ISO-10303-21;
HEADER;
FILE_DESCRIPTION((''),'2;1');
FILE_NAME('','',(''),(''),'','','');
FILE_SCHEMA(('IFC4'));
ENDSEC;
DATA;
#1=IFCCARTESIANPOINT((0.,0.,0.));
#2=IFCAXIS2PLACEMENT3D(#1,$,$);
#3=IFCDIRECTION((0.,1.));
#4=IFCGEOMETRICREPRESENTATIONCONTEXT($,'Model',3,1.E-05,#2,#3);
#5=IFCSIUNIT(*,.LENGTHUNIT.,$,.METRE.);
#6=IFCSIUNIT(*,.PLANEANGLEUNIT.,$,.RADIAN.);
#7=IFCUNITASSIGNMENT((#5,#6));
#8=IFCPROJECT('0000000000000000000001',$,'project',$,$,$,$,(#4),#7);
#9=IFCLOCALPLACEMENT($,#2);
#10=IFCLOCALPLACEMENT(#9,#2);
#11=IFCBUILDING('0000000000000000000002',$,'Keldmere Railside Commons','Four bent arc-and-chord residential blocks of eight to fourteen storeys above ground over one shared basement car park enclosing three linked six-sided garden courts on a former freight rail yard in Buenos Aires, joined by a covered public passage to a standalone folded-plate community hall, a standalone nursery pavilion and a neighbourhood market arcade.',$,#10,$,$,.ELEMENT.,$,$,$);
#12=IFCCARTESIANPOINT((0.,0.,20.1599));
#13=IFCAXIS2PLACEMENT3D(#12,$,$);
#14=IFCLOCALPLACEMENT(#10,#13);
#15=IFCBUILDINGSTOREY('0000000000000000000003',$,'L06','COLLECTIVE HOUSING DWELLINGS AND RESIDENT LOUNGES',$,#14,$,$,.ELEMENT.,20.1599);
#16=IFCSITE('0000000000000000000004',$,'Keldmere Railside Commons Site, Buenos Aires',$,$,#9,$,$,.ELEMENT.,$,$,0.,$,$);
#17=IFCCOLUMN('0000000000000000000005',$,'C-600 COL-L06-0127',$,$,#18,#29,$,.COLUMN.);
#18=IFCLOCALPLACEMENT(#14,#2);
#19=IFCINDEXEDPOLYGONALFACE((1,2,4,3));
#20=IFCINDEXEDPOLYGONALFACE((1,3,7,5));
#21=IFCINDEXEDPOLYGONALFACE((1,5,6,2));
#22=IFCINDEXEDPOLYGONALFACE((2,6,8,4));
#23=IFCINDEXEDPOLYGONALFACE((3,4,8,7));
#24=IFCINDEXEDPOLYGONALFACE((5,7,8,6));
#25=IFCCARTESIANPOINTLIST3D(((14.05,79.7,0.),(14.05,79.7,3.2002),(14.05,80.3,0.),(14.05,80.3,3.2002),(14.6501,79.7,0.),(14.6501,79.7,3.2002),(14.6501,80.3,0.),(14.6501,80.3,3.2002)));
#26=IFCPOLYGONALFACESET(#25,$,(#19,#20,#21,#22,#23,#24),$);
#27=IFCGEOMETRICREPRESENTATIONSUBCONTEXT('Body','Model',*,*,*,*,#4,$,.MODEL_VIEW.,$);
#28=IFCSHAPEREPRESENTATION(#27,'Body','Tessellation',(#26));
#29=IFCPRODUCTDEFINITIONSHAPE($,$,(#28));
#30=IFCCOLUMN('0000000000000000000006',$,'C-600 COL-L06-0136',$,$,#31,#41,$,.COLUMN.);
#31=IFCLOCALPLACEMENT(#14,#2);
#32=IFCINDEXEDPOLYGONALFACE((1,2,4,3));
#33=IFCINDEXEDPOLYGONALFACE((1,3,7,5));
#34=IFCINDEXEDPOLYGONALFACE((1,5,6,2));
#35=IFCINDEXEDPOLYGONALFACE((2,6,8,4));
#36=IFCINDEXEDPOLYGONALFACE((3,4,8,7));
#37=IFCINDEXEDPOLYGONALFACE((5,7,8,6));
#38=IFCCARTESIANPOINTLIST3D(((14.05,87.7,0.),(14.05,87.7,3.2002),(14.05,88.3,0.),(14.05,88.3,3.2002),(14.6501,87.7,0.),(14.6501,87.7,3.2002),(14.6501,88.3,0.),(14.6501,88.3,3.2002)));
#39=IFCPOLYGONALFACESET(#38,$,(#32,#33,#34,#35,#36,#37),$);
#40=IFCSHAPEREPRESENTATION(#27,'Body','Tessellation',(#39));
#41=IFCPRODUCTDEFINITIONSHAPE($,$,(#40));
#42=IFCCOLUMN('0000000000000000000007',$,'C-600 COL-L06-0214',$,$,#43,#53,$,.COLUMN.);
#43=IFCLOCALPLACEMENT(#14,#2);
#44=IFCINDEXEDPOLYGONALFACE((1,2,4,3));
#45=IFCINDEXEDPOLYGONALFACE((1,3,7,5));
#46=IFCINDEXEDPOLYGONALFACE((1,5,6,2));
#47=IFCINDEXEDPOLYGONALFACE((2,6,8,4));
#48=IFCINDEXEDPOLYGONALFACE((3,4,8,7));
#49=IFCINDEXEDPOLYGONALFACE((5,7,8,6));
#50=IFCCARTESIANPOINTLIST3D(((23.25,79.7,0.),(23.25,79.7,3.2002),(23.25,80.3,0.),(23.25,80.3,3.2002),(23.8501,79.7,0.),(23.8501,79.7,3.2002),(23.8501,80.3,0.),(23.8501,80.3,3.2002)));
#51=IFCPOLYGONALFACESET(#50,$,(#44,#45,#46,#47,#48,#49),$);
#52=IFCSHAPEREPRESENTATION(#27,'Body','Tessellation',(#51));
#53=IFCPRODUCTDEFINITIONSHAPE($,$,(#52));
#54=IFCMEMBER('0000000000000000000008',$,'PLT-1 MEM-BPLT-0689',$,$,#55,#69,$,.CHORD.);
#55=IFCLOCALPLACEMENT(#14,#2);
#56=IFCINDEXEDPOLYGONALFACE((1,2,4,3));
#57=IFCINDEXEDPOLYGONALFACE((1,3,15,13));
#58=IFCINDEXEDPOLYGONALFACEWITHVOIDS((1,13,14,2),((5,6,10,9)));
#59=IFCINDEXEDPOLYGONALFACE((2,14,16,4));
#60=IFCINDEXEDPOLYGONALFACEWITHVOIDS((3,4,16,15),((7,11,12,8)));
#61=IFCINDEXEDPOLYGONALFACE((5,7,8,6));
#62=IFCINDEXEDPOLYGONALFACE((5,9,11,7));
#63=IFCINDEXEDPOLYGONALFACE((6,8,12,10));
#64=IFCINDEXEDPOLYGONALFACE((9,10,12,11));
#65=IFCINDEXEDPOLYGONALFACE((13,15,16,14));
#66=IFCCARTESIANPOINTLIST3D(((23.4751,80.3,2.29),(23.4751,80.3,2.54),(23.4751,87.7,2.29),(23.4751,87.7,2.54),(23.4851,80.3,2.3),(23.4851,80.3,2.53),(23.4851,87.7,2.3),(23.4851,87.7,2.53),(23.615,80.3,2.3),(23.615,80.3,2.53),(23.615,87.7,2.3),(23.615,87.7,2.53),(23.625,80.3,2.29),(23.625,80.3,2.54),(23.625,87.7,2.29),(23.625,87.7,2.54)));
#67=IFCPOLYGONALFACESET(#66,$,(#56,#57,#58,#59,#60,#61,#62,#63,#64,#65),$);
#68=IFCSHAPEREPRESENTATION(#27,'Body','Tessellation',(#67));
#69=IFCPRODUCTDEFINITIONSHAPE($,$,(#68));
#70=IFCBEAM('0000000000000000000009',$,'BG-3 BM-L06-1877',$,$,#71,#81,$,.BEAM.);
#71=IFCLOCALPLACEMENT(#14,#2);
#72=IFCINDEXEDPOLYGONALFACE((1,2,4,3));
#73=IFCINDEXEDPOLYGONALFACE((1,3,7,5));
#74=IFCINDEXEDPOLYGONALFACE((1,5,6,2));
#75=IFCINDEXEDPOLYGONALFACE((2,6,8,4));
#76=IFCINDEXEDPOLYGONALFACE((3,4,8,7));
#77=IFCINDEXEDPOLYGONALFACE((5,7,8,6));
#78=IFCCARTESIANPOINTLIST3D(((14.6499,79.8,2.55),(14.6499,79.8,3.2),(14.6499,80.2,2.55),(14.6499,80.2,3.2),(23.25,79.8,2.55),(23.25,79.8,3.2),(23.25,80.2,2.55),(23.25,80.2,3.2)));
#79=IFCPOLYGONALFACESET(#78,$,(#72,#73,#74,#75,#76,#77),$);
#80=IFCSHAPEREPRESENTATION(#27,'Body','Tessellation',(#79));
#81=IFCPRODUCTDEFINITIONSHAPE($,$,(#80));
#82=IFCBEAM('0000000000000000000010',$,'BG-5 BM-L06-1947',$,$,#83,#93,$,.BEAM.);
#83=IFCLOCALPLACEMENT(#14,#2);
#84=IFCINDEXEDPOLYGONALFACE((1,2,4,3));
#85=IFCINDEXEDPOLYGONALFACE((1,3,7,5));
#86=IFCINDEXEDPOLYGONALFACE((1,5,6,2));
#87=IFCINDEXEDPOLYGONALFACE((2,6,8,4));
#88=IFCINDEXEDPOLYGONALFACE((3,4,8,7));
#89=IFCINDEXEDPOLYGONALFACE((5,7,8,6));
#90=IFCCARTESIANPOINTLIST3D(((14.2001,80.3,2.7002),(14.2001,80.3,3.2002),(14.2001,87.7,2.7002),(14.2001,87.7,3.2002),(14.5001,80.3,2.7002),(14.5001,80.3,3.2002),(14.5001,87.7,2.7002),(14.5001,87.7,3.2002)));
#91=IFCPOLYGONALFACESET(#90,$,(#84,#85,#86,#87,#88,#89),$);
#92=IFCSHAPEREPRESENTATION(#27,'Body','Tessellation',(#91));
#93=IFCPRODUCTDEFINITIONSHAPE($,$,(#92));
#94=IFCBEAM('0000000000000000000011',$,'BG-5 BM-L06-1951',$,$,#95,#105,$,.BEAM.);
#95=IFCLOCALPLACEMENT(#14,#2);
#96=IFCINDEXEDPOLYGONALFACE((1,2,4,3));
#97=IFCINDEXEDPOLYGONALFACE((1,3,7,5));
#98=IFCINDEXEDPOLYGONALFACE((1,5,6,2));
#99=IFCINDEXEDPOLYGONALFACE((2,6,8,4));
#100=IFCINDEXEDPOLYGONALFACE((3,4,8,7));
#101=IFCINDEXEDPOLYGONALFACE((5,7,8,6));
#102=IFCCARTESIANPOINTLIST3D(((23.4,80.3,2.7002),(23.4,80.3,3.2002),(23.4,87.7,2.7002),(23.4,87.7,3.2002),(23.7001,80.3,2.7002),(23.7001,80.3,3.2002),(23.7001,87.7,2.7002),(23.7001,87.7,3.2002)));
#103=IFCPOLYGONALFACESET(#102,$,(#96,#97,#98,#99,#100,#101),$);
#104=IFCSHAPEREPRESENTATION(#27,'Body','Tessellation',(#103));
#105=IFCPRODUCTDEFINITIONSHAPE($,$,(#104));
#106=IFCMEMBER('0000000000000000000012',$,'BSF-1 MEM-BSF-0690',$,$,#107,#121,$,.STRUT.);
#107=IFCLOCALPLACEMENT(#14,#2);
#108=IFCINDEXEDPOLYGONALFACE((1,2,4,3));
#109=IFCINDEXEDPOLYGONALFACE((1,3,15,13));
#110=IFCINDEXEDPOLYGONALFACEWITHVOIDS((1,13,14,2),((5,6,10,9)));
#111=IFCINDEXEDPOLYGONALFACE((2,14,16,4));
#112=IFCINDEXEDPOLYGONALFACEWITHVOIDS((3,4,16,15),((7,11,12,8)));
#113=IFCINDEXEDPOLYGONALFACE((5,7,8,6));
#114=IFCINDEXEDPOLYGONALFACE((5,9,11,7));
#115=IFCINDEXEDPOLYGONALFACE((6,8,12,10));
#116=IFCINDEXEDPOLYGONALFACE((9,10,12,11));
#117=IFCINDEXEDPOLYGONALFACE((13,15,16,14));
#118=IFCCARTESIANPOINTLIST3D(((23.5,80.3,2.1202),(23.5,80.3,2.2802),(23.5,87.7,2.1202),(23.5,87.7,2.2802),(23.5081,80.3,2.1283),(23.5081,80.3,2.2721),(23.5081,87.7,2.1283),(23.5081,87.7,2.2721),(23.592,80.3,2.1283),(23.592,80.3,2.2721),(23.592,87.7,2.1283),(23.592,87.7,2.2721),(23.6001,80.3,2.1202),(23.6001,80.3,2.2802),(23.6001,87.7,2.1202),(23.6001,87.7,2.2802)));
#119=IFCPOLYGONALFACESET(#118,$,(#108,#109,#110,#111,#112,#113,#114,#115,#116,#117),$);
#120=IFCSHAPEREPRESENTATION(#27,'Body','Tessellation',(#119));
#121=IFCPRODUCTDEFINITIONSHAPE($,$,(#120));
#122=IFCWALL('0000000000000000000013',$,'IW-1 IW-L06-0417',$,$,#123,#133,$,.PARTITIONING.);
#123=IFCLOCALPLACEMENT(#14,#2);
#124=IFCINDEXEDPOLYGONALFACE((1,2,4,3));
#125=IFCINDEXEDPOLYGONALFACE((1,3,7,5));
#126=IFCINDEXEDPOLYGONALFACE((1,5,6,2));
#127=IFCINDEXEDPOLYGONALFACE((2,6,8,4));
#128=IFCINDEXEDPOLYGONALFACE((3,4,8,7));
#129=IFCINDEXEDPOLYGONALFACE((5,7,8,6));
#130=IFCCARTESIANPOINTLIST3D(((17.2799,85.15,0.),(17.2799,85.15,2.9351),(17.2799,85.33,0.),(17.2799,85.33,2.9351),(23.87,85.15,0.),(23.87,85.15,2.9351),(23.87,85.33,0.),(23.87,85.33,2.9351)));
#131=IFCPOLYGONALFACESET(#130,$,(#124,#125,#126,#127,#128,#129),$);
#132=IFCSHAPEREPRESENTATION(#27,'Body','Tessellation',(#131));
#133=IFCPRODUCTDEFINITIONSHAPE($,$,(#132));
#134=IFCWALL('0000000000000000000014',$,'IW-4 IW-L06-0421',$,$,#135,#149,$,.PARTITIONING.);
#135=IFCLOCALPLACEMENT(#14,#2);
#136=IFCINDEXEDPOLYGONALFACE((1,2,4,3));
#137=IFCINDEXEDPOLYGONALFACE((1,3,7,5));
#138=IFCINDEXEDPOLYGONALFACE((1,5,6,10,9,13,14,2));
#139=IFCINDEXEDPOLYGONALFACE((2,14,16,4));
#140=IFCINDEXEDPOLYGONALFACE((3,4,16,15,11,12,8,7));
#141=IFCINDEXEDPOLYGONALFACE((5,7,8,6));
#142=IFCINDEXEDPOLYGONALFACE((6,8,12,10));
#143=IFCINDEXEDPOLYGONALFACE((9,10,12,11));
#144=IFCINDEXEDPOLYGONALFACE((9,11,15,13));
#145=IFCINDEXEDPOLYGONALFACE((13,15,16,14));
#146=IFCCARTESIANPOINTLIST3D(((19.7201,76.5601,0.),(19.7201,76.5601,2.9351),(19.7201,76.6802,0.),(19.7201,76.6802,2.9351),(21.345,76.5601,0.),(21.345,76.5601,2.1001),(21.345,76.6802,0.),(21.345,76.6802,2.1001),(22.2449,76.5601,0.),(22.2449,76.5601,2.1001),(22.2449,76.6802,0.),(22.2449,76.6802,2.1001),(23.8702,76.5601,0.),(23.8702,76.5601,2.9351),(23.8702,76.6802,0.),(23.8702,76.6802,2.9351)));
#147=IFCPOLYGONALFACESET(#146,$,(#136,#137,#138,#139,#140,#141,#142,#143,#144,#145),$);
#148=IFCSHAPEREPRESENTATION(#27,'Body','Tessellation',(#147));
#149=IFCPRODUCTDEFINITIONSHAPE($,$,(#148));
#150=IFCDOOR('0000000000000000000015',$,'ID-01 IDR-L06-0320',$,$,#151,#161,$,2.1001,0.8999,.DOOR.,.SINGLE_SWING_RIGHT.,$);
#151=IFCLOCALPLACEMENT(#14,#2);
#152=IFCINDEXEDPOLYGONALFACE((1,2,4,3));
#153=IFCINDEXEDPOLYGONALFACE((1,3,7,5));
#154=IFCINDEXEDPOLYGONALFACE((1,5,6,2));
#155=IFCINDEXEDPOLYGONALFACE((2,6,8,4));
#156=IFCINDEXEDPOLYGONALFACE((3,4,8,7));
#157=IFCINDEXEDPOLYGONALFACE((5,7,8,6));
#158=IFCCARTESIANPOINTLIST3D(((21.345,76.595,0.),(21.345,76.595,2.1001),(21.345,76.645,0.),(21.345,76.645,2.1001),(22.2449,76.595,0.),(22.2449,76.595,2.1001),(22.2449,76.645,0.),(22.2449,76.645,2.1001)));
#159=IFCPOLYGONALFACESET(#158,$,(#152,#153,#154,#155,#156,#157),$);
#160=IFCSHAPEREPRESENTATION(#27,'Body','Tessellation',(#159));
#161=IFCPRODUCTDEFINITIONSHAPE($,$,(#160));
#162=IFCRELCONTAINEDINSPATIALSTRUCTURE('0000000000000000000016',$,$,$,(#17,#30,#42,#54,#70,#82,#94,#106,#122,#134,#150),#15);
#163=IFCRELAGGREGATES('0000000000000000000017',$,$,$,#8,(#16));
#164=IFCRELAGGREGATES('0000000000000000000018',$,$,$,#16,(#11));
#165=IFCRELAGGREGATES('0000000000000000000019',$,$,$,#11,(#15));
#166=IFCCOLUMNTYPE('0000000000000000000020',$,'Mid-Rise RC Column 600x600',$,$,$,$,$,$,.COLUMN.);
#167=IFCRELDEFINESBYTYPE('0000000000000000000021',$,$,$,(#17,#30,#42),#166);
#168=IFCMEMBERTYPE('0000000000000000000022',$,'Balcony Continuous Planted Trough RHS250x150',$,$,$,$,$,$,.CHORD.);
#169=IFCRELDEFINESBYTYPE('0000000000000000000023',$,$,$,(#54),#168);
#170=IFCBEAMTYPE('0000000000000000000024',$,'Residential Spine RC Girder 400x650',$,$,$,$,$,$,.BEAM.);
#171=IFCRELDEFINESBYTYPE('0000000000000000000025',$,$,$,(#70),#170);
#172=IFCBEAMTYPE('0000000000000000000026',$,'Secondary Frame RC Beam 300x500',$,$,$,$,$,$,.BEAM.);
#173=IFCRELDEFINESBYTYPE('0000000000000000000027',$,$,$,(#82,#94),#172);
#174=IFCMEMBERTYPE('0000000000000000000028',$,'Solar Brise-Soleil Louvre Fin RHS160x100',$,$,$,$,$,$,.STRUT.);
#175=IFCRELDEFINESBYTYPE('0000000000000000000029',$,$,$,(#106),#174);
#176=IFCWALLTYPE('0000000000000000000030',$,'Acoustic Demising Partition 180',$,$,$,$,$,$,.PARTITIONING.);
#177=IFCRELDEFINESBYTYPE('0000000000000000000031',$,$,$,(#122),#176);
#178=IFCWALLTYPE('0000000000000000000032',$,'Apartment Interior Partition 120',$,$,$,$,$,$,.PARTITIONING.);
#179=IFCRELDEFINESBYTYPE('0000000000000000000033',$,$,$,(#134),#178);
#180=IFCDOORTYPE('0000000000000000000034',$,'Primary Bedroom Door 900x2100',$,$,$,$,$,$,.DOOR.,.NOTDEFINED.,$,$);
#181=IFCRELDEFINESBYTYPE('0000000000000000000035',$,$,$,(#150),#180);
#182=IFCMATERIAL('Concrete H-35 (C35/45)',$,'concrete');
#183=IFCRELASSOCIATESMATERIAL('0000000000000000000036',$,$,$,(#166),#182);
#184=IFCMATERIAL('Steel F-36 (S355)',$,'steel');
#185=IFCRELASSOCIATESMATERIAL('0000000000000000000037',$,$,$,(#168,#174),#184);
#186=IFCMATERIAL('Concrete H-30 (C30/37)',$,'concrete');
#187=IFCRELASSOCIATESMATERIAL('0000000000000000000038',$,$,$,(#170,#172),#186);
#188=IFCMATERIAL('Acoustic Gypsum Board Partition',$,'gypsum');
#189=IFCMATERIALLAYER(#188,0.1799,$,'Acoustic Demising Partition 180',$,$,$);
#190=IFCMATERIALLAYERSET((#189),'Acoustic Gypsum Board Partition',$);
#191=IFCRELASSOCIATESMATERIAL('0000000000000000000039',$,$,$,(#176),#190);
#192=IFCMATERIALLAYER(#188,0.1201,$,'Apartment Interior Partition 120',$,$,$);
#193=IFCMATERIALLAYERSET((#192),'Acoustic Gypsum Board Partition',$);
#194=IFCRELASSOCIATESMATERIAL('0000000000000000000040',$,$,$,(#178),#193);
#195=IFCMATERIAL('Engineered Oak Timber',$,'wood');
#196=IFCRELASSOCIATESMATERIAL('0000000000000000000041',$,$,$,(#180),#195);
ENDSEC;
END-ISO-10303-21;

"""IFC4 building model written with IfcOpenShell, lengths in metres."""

from ifc_helpers import new_model, si_unit, direction, frame, frame_2d, origin, origin_2d, place, context, subcontext, project, spatial, rectangle, hollow_rectangle, extrude, material, layer, layer_set, material_profile, profile_set, type_object, element, fill, save


model = new_model("IFC4")

# Units and contexts
model_context = context("Model", 3, precision=1e-05, world=origin(), true_north=direction((0.0, 1.0)))
body_context = subcontext(model_context, "Body", "Model", "MODEL_VIEW")
ifc_project = project(units=[si_unit("LENGTHUNIT", "METRE"), si_unit("PLANEANGLEUNIT", "RADIAN")], contexts=[model_context])

# Site, building, storey
site_placement = place(None, origin())
site = spatial("IfcSite", under=ifc_project, at=site_placement, Name="Keldmere Railside Commons Site, Buenos Aires", CompositionType="ELEMENT", RefElevation=0.0)
building_placement = place(site_placement, origin())
building = spatial("IfcBuilding", under=site, at=building_placement, Name="Keldmere Railside Commons", Description="Four bent arc-and-chord residential blocks of eight to fourteen storeys above ground over one shared basement car park enclosing three linked six-sided garden courts on a former freight rail yard in Buenos Aires, joined by a covered public passage to a standalone folded-plate community hall, a standalone nursery pavilion and a neighbourhood market arcade.", CompositionType="ELEMENT")
storey_placement = place(building_placement, frame((0.0, 0.0, 20.1599)))
storey = spatial("IfcBuildingStorey", under=building, at=storey_placement, Name="L06", Description="COLLECTIVE HOUSING DWELLINGS AND RESIDENT LOUNGES", CompositionType="ELEMENT", Elevation=20.1599)

# Columns
ifc_material_1 = material(Name="Concrete H-35 (C35/45)", Category="concrete")
ifc_material_profile_1 = material_profile(ifc_material_1, rectangle(XDim=0.6001, YDim=0.6001, at=origin_2d()), Name="RC-600x600")
ifc_profile_set_1 = profile_set([ifc_material_profile_1], Name="Concrete H-35 (C35/45)")
column_type = type_object("IfcColumnType", Name="Mid-Rise RC Column 600x600", PredefinedType="COLUMN", material=ifc_profile_set_1)
for number, where, z_axis, x_axis, name in (
    (1, (14.3501, 80.0, 0.0), (0.0, 0.0, 1.0), (1.0, 0.0, 0.0), "C-600 COL-L06-0127"),
    (2, (14.3501, 88.0, 0.0), (0.0, 0.0, 1.0), (1.0, 0.0, 0.0), "C-600 COL-L06-0136"),
    (3, (23.55, 80.0, 0.0), (0.0, 0.0, 1.0), (1.0, 0.0, 0.0), "C-600 COL-L06-0214"),
):
    element("IfcColumn", number, at=place(storey_placement, frame(where, z_axis=z_axis, x_axis=x_axis)), inside=storey, type_object=column_type, Name=name, PredefinedType="COLUMN", context=body_context, shape_type="SweptSolid", body=[
        extrude(rectangle(XDim=0.6001, YDim=0.6001, at=origin_2d()), origin(), (0.0, 0.0, 1.0), 3.2002),
    ])

# Member
ifc_material_2 = material(Name="Steel F-36 (S355)", Category="steel")
ifc_material_profile_2 = material_profile(ifc_material_2, hollow_rectangle(XDim=0.1499, YDim=0.25, WallThickness=0.01, at=origin_2d()), Name="RHS-250x150x10")
ifc_profile_set_2 = profile_set([ifc_material_profile_2], Name="Steel F-36 (S355)")
member_type_1 = type_object("IfcMemberType", Name="Balcony Continuous Planted Trough RHS250x150", PredefinedType="CHORD", material=ifc_profile_set_2)
member_1_placement = place(storey_placement, frame((23.55, 80.3, 2.415), z_axis=(0.0, 1.0, 0.0), x_axis=(-1.0, 0.0, 0.0)))
element("IfcMember", 4, at=member_1_placement, inside=storey, type_object=member_type_1, Name="PLT-1 MEM-BPLT-0689", PredefinedType="CHORD", context=body_context, shape_type="SweptSolid", body=[
    extrude(hollow_rectangle(XDim=0.1499, YDim=0.25, WallThickness=0.01, at=origin_2d()), origin(), (0.0, 0.0, 1.0), 7.3999),
])

# Beams
ifc_material_3 = material(Name="Concrete H-30 (C30/37)", Category="concrete")
ifc_material_profile_3 = material_profile(ifc_material_3, rectangle(XDim=0.3999, YDim=0.6499, at=origin_2d()), Name="RC-400x650")
ifc_profile_set_3 = profile_set([ifc_material_profile_3], Name="Concrete H-30 (C30/37)")
beam_type_1 = type_object("IfcBeamType", Name="Residential Spine RC Girder 400x650", PredefinedType="BEAM", material=ifc_profile_set_3)
beam_placement = place(storey_placement, frame((14.6499, 80.0, 2.875), z_axis=(1.0, 0.0, 0.0), x_axis=(0.0, 1.0, 0.0)))
element("IfcBeam", 5, at=beam_placement, inside=storey, type_object=beam_type_1, Name="BG-3 BM-L06-1877", PredefinedType="BEAM", context=body_context, shape_type="SweptSolid", body=[
    extrude(rectangle(XDim=0.3999, YDim=0.6499, at=origin_2d()), origin(), (0.0, 0.0, 1.0), 8.6001),
])
ifc_material_profile_4 = material_profile(ifc_material_3, rectangle(XDim=0.3, YDim=0.5, at=origin_2d()), Name="RC-300x500")
ifc_profile_set_4 = profile_set([ifc_material_profile_4], Name="Concrete H-30 (C30/37)")
beam_type_2 = type_object("IfcBeamType", Name="Secondary Frame RC Beam 300x500", PredefinedType="BEAM", material=ifc_profile_set_4)
for number, where, z_axis, x_axis, name in (
    (6, (14.3501, 80.3, 2.9502), (0.0, 1.0, 0.0), (-1.0, 0.0, 0.0), "BG-5 BM-L06-1947"),
    (7, (23.55, 80.3, 2.9502), (0.0, 1.0, 0.0), (-1.0, 0.0, 0.0), "BG-5 BM-L06-1951"),
):
    element("IfcBeam", number, at=place(storey_placement, frame(where, z_axis=z_axis, x_axis=x_axis)), inside=storey, type_object=beam_type_2, Name=name, PredefinedType="BEAM", context=body_context, shape_type="SweptSolid", body=[
        extrude(rectangle(XDim=0.3, YDim=0.5, at=origin_2d()), origin(), (0.0, 0.0, 1.0), 7.3999),
    ])

# Member
ifc_material_profile_5 = material_profile(ifc_material_2, hollow_rectangle(XDim=0.1001, YDim=0.1599, WallThickness=0.0081, at=origin_2d()), Name="RHS-160x100x8")
ifc_profile_set_5 = profile_set([ifc_material_profile_5], Name="Steel F-36 (S355)")
member_type_2 = type_object("IfcMemberType", Name="Solar Brise-Soleil Louvre Fin RHS160x100", PredefinedType="STRUT", material=ifc_profile_set_5)
member_2_placement = place(storey_placement, frame((23.55, 80.3, 2.2002), z_axis=(0.0, 1.0, 0.0), x_axis=(-1.0, 0.0, 0.0)))
element("IfcMember", 8, at=member_2_placement, inside=storey, type_object=member_type_2, Name="BSF-1 MEM-BSF-0690", PredefinedType="STRUT", context=body_context, shape_type="SweptSolid", body=[
    extrude(hollow_rectangle(XDim=0.1001, YDim=0.1599, WallThickness=0.0081, at=origin_2d()), origin(), (0.0, 0.0, 1.0), 7.3999),
])

# Wall
ifc_material_4 = material(Name="Acoustic Gypsum Board Partition", Category="gypsum")
ifc_layer_1 = layer(ifc_material_4, 0.1799, Name="Acoustic Demising Partition 180")
ifc_layer_set_1 = layer_set([ifc_layer_1], Name="Acoustic Gypsum Board Partition")
wall_type_1 = type_object("IfcWallType", Name="Acoustic Demising Partition 180", PredefinedType="PARTITIONING", material=ifc_layer_set_1)
wall_1_placement = place(storey_placement, frame((17.28, 85.24, 0.0), z_axis=(0.0, 0.0, 1.0), x_axis=(1.0, 0.0, 0.0)))
element("IfcWall", 9, at=wall_1_placement, inside=storey, type_object=wall_type_1, Name="IW-1 IW-L06-0417", PredefinedType="PARTITIONING", context=body_context, shape_type="SweptSolid", body=[
    extrude(rectangle(XDim=6.5901, YDim=0.1799, at=frame_2d((3.2949, 0.0))), origin(), (0.0, 0.0, 1.0), 2.9351),
])

# Wall, opening, door
ifc_layer_2 = layer(ifc_material_4, 0.1201, Name="Apartment Interior Partition 120")
ifc_layer_set_2 = layer_set([ifc_layer_2], Name="Acoustic Gypsum Board Partition")
wall_type_2 = type_object("IfcWallType", Name="Apartment Interior Partition 120", PredefinedType="PARTITIONING", material=ifc_layer_set_2)
wall_2_placement = place(storey_placement, frame((19.72, 76.6201, 0.0), z_axis=(0.0, 0.0, 1.0), x_axis=(1.0, 0.0, 0.0)))
wall_2 = element("IfcWall", 10, at=wall_2_placement, inside=storey, type_object=wall_type_2, Name="IW-4 IW-L06-0421", PredefinedType="PARTITIONING", context=body_context, shape_type="SweptSolid", body=[
    extrude(rectangle(XDim=4.1501, YDim=0.1201, at=frame_2d((2.0752, 0.0))), origin(), (0.0, 0.0, 1.0), 2.9351),
])
opening_1_placement = place(wall_2_placement, frame((1.625, 0.0, 0.0)))
opening_1 = element("IfcOpeningElement", 11, at=opening_1_placement, cuts=wall_2, PredefinedType="OPENING", context=body_context, shape_type="SweptSolid", body=[
    extrude(rectangle(XDim=0.8999, YDim=2.1001, at=frame_2d((0.45, 1.05))), frame((0.0, 0.0701, 0.0), z_axis=(0.0, -1.0, 0.0), x_axis=(1.0, 0.0, 0.0)), (0.0, 0.0, 1.0), 0.1401),
])
ifc_material_5 = material(Name="Engineered Oak Timber", Category="wood")
door_type_1 = type_object("IfcDoorType", Name="Primary Bedroom Door 900x2100", OperationType="NOTDEFINED", PredefinedType="DOOR", material=ifc_material_5)
door_1_placement = place(opening_1_placement, origin())
door_1 = element("IfcDoor", 12, at=door_1_placement, inside=storey, type_object=door_type_1, Name="ID-01 IDR-L06-0320", OperationType="SINGLE_SWING_RIGHT", OverallHeight=2.1001, OverallWidth=0.8999, PredefinedType="DOOR", context=body_context, shape_type="SweptSolid", body=[
    extrude(rectangle(XDim=0.8999, YDim=2.1001, at=frame_2d((0.45, 1.05))), frame((0.0, 0.0249, 0.0), z_axis=(0.0, -1.0, 0.0), x_axis=(1.0, 0.0, 0.0)), (0.0, 0.0, 1.0), 0.05),
])
fill(opening_1, door_1)

save(model, "model.ifc")
